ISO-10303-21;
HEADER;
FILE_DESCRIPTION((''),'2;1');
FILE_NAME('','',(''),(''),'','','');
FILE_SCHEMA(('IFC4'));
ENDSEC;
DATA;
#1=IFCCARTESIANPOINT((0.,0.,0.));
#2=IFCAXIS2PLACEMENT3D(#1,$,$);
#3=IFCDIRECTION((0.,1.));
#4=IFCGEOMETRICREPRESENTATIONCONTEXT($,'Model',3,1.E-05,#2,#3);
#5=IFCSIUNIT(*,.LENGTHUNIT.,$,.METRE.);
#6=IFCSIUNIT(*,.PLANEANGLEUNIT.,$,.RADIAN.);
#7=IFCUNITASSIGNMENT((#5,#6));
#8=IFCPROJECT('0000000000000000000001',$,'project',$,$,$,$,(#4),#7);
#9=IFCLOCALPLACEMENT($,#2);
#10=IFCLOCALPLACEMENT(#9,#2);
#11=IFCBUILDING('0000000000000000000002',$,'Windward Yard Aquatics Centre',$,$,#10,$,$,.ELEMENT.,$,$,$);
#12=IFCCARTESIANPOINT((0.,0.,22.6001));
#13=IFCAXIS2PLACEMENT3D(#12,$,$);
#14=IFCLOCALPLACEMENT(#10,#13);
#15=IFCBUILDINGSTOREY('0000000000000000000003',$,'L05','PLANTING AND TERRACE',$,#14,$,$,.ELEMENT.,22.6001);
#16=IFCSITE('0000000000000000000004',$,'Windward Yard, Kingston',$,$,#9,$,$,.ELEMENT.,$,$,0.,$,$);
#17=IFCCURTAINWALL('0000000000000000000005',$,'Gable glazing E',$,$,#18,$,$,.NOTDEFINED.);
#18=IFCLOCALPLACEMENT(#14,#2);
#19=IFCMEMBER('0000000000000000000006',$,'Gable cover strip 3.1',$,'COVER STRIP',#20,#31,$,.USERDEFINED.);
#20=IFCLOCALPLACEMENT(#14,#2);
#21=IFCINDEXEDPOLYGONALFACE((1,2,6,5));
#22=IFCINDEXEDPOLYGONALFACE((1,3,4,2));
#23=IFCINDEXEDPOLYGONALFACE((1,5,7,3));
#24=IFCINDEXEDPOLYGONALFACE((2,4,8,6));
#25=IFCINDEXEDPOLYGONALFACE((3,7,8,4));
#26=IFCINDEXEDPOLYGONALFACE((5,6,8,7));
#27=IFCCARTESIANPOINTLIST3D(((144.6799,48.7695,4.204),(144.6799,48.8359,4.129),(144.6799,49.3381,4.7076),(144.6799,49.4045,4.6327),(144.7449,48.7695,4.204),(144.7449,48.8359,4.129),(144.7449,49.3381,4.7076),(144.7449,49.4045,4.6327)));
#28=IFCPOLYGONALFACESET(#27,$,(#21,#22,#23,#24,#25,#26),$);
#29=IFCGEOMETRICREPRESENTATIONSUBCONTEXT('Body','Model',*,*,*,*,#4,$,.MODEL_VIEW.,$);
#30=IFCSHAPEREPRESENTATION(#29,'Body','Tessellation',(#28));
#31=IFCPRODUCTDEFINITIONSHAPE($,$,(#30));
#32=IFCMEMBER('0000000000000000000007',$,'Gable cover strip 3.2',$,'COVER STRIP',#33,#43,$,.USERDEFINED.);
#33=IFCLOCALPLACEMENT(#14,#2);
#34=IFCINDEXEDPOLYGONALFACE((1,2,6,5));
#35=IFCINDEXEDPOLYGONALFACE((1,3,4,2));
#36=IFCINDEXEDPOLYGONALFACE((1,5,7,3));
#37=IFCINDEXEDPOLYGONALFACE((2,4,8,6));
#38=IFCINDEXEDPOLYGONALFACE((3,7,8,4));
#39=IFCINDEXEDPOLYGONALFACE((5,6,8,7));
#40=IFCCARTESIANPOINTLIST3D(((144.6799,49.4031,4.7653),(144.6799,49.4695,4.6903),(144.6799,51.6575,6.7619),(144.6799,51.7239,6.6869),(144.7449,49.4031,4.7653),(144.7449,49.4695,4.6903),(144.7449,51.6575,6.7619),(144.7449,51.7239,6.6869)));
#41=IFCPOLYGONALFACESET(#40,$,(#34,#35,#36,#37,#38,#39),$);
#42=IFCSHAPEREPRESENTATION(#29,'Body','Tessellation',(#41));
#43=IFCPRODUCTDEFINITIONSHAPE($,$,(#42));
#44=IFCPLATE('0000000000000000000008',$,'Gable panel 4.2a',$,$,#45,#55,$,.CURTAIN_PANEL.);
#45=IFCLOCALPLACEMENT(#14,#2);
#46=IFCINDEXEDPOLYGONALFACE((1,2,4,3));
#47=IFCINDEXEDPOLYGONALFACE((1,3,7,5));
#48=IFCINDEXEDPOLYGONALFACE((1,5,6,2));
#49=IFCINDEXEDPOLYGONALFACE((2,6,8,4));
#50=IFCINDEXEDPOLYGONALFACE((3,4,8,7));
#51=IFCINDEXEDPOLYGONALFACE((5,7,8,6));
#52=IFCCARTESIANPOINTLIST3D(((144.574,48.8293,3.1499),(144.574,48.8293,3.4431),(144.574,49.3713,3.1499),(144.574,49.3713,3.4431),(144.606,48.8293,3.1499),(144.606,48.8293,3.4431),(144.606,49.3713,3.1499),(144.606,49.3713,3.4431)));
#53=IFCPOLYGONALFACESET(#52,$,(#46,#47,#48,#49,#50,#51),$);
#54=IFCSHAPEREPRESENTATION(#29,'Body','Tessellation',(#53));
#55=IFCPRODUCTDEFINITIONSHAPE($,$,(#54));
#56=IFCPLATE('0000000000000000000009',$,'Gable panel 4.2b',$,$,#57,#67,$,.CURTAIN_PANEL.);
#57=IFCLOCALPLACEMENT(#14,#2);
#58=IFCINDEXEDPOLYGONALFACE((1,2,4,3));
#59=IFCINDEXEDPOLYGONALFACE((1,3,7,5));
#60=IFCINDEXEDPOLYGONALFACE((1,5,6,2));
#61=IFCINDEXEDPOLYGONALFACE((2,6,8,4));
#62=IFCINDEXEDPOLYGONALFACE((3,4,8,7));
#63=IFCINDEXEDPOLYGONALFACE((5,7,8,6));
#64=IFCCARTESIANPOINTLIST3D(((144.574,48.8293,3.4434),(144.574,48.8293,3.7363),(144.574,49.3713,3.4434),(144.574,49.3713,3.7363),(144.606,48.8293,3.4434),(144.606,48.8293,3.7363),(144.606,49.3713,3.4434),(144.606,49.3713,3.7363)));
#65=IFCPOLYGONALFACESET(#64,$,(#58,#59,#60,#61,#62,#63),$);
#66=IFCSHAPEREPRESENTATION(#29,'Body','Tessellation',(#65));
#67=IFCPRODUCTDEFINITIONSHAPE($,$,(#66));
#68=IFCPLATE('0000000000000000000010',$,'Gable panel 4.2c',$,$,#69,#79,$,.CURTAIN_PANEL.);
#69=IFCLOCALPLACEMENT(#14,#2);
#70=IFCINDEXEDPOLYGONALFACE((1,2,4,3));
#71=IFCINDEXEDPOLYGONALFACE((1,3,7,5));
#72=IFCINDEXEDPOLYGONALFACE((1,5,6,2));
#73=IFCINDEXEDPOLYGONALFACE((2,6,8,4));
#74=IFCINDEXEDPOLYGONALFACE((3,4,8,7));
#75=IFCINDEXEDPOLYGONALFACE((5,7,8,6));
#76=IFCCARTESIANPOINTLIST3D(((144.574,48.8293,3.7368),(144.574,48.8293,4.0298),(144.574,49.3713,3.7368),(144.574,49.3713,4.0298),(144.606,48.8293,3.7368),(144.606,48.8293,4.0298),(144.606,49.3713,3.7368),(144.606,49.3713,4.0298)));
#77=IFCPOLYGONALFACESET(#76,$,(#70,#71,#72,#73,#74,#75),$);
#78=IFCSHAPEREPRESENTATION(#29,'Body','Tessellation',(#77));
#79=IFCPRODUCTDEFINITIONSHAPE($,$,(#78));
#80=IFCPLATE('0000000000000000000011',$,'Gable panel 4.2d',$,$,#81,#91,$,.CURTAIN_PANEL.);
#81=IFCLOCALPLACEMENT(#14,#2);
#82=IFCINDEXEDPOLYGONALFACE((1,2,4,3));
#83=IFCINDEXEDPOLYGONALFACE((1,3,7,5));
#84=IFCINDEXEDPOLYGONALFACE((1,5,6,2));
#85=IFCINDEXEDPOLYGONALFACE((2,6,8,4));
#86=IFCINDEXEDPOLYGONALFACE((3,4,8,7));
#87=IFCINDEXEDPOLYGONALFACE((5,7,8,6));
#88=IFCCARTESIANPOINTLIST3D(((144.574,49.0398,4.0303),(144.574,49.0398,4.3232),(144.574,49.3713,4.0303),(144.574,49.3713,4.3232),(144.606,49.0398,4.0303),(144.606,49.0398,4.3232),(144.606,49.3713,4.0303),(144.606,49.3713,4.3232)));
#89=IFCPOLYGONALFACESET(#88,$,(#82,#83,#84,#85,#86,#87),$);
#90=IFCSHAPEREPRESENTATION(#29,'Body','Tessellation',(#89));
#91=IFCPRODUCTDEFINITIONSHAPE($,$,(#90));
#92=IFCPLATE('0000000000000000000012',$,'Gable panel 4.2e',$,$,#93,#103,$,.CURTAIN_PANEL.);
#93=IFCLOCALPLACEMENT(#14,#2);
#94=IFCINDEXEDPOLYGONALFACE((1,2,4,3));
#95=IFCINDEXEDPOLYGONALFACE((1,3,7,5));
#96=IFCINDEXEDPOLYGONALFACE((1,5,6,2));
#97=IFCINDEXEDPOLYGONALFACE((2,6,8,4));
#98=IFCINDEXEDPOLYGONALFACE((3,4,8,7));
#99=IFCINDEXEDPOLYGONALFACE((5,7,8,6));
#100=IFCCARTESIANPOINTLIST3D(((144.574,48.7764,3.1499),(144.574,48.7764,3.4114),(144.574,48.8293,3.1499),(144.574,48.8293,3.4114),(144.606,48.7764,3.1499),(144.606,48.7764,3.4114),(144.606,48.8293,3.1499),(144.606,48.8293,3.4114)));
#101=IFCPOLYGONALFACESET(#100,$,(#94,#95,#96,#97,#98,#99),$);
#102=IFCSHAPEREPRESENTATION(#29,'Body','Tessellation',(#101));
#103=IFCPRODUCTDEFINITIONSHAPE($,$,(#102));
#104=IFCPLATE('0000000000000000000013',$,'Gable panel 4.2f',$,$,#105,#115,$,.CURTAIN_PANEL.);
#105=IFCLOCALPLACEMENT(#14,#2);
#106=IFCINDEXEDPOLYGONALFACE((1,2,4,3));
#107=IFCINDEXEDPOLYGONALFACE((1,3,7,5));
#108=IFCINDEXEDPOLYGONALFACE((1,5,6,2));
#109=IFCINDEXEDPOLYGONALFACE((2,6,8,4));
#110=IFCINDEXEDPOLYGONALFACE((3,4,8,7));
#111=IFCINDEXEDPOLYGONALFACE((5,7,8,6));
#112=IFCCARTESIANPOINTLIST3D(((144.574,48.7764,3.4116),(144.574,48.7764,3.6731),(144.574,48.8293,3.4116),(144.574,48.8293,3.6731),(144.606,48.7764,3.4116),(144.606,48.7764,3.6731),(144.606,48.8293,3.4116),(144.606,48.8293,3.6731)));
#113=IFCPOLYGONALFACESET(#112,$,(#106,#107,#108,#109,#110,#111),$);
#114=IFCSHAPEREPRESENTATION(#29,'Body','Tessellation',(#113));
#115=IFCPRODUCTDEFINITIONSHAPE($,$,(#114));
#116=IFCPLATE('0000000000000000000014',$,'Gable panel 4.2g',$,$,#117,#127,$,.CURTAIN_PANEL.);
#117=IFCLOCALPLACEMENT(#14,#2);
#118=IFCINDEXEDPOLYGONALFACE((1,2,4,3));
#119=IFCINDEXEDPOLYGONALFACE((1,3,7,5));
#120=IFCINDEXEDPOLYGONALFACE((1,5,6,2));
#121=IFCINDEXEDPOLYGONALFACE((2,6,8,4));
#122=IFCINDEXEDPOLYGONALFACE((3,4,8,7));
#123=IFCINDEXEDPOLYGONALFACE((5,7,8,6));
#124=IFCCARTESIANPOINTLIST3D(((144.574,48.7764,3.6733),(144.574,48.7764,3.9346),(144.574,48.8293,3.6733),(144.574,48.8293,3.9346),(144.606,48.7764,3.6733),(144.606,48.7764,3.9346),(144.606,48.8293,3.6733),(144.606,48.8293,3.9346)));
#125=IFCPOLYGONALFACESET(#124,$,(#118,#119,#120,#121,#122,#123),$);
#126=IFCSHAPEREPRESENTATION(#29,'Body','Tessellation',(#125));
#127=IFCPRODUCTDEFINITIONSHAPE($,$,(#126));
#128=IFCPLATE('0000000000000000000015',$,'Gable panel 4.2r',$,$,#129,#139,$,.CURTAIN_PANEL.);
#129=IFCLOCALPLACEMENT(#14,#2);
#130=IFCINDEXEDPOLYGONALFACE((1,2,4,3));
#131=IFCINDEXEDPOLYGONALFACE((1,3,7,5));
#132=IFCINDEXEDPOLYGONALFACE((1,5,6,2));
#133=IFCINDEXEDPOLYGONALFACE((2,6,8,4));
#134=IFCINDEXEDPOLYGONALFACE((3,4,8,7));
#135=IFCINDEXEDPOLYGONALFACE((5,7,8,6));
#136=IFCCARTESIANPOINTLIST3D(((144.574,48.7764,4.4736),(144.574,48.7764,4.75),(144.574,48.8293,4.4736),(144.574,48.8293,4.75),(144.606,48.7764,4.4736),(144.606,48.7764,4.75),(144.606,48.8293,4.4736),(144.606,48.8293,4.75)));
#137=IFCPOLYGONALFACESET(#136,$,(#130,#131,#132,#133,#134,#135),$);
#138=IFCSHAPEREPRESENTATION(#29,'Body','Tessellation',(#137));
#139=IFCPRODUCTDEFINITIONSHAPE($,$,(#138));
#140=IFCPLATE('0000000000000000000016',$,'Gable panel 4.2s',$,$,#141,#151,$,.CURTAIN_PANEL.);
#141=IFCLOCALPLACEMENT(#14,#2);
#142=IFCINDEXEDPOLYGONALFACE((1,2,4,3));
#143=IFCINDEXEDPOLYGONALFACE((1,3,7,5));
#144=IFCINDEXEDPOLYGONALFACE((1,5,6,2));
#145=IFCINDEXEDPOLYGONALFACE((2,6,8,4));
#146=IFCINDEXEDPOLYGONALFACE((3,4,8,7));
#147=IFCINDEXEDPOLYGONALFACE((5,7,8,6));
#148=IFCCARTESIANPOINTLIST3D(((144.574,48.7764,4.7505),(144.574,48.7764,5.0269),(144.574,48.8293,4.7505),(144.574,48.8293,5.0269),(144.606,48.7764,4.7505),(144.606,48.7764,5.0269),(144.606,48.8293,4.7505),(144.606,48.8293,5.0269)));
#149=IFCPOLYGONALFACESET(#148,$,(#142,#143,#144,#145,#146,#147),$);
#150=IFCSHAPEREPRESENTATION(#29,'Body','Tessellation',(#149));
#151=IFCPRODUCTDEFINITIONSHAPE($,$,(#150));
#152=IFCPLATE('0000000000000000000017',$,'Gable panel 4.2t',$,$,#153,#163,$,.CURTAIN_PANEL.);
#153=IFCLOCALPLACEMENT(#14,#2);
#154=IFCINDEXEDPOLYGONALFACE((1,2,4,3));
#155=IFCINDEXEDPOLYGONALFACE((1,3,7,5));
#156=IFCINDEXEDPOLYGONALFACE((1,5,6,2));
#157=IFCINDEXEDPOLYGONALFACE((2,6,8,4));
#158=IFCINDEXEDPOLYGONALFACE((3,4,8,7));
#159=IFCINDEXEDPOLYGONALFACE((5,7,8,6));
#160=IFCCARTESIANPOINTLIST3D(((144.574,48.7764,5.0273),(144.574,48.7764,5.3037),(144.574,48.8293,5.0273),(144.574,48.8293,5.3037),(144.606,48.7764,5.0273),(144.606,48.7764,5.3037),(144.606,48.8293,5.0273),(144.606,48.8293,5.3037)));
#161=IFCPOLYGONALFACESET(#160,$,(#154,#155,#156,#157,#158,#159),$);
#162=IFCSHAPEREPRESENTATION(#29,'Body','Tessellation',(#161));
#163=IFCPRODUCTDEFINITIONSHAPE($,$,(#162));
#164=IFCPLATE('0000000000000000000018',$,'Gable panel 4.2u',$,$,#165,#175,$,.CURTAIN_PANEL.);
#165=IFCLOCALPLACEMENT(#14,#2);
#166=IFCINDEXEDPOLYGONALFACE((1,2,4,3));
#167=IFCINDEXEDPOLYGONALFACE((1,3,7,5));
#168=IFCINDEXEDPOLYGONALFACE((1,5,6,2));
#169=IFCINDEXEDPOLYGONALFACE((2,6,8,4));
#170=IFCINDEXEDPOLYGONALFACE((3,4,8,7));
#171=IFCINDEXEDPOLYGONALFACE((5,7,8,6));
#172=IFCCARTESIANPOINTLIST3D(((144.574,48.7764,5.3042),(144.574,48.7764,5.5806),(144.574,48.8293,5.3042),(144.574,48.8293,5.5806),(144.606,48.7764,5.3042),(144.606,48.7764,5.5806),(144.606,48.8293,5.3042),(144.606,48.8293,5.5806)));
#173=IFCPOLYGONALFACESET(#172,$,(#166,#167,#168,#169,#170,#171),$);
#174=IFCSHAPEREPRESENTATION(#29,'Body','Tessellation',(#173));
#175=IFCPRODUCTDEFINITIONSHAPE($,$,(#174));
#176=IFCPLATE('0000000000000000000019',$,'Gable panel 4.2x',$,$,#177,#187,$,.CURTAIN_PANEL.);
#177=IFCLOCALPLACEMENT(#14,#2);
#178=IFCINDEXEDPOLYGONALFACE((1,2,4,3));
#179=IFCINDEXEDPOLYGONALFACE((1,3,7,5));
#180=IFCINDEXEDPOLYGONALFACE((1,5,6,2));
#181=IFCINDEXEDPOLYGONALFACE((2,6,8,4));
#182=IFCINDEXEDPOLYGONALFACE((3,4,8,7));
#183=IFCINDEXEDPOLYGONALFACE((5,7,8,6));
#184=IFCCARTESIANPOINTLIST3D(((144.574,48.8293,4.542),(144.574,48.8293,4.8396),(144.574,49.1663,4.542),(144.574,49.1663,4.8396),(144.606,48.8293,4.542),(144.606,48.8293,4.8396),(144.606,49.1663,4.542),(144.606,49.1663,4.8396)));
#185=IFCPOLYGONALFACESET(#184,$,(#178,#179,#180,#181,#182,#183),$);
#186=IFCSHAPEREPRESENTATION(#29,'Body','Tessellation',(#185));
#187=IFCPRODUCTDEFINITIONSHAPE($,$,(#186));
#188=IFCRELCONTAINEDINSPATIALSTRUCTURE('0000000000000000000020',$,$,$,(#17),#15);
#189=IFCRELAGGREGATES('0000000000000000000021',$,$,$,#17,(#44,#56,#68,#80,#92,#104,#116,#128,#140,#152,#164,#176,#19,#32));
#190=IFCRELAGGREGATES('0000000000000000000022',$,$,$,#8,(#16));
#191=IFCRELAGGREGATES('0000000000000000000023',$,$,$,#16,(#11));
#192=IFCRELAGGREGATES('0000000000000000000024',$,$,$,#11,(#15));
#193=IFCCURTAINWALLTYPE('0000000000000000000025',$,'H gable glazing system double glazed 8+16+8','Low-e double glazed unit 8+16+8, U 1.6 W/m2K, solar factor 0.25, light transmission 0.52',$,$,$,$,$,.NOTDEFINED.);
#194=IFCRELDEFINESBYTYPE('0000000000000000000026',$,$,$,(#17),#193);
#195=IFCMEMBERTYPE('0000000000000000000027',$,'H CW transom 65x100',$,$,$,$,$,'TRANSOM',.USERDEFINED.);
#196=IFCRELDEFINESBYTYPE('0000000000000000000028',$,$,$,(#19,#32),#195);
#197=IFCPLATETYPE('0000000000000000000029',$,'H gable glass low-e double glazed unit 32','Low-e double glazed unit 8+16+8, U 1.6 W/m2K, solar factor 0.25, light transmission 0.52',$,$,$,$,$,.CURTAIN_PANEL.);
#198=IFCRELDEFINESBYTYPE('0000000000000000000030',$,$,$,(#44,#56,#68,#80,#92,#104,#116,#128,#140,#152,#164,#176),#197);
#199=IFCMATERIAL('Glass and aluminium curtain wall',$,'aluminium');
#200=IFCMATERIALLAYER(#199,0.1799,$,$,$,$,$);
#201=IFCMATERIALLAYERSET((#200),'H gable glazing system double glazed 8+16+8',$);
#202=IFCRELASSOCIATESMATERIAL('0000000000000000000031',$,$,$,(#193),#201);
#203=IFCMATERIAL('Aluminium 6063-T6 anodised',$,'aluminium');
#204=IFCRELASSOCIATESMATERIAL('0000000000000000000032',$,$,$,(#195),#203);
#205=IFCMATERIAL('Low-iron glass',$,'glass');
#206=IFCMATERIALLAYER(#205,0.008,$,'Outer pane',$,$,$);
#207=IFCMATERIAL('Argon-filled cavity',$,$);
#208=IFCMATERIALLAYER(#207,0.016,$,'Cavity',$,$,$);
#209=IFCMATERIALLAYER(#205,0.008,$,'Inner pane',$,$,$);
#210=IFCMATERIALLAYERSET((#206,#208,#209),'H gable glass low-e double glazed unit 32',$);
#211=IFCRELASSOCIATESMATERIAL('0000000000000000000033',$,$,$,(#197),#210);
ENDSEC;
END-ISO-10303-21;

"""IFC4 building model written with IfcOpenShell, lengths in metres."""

from ifc_helpers import new_model, si_unit, direction, frame, origin, origin_2d, place, context, subcontext, project, spatial, polyline, rectangle, outline, extrude, material, layer, layer_set, material_profile, profile_set, type_object, element, aggregate, save


model = new_model("IFC4")

# Units and contexts
model_context = context("Model", 3, precision=1e-05, world=origin(), true_north=direction((0.0, 1.0)))
body_context = subcontext(model_context, "Body", "Model", "MODEL_VIEW")
ifc_project = project(units=[si_unit("LENGTHUNIT", "METRE"), si_unit("PLANEANGLEUNIT", "RADIAN")], contexts=[model_context])

# Site, building, storey
site_placement = place(None, origin())
site = spatial("IfcSite", under=ifc_project, at=site_placement, Name="Windward Yard, Kingston", CompositionType="ELEMENT", RefElevation=0.0)
building_placement = place(site_placement, origin())
building = spatial("IfcBuilding", under=site, at=building_placement, Name="Windward Yard Aquatics Centre", CompositionType="ELEMENT")
storey_placement = place(building_placement, frame((0.0, 0.0, 22.6001)))
storey = spatial("IfcBuildingStorey", under=building, at=storey_placement, Name="L05", Description="PLANTING AND TERRACE", CompositionType="ELEMENT", Elevation=22.6001)

# Curtain wall, members, plates
ifc_material_1 = material(Name="Glass and aluminium curtain wall", Category="aluminium")
ifc_layer_1 = layer(ifc_material_1, 0.1799)
ifc_layer_set_1 = layer_set([ifc_layer_1], Name="H gable glazing system double glazed 8+16+8")
curtain_wall_type = type_object("IfcCurtainWallType", Name="H gable glazing system double glazed 8+16+8", Description="Low-e double glazed unit 8+16+8, U 1.6 W/m2K, solar factor 0.25, light transmission 0.52", PredefinedType="NOTDEFINED", material=ifc_layer_set_1)
curtain_wall_placement = place(storey_placement, origin())
curtain_wall = element("IfcCurtainWall", 1, at=curtain_wall_placement, inside=storey, type_object=curtain_wall_type, Name="Gable glazing E", PredefinedType="NOTDEFINED")
ifc_material_2 = material(Name="Aluminium 6063-T6 anodised", Category="aluminium")
ifc_material_profile = material_profile(ifc_material_2, rectangle(XDim=0.0649, YDim=0.1001, at=origin_2d()), Name="H CW transom 65x100")
ifc_profile_set = profile_set([ifc_material_profile], Name="Aluminium 6063-T6 anodised")
member_type = type_object("IfcMemberType", Name="H CW transom 65x100", ElementType="TRANSOM", PredefinedType="USERDEFINED", material=ifc_profile_set)
member_1_placement = place(storey_placement, frame((144.7124, 48.8027, 4.1665), z_axis=(0.0, 0.748561, 0.663066), x_axis=(-1.0, 0.0, 0.0)))
member_1 = element("IfcMember", 2, at=member_1_placement, type_object=member_type, Name="Gable cover strip 3.1", ObjectType="COVER STRIP", PredefinedType="USERDEFINED", context=body_context, shape_type="SweptSolid", body=[
    extrude(rectangle(XDim=0.0649, YDim=0.1001, at=origin_2d()), origin(), (0.0, 0.0, 1.0), 0.7595),
])
member_2_placement = place(storey_placement, frame((144.7124, 49.4363, 4.7278), z_axis=(0.0, 0.748616, 0.663004), x_axis=(-1.0, 0.0, 0.0)))
member_2 = element("IfcMember", 3, at=member_2_placement, type_object=member_type, Name="Gable cover strip 3.2", ObjectType="COVER STRIP", PredefinedType="USERDEFINED", context=body_context, shape_type="SweptSolid", body=[
    extrude(rectangle(XDim=0.0649, YDim=0.1001, at=origin_2d()), origin(), (0.0, 0.0, 1.0), 3.0115),
])
ifc_material_3 = material(Name="Low-iron glass", Category="glass")
ifc_layer_2 = layer(ifc_material_3, 0.008, Name="Outer pane")
ifc_material_4 = material(Name="Argon-filled cavity")
ifc_layer_3 = layer(ifc_material_4, 0.016, Name="Cavity")
ifc_layer_4 = layer(ifc_material_3, 0.008, Name="Inner pane")
ifc_layer_set_2 = layer_set([ifc_layer_2, ifc_layer_3, ifc_layer_4], Name="H gable glass low-e double glazed unit 32")
plate_type = type_object("IfcPlateType", Name="H gable glass low-e double glazed unit 32", Description="Low-e double glazed unit 8+16+8, U 1.6 W/m2K, solar factor 0.25, light transmission 0.52", PredefinedType="CURTAIN_PANEL", material=ifc_layer_set_2)
plate_1_placement = place(storey_placement, frame((144.606, 48.8293, 3.1499), z_axis=(1.0, 0.0, 0.0), x_axis=(0.0, 1.0, 0.0)))
plate_1 = element("IfcPlate", 4, at=plate_1_placement, type_object=plate_type, Name="Gable panel 4.2a", PredefinedType="CURTAIN_PANEL", context=body_context, shape_type="SweptSolid", body=[
    extrude(outline(polyline([(0.0, 0.0), (0.542, 0.0), (0.542, 0.2932), (0.0, 0.2932), (0.0, 0.0)])), origin(), (0.0, 0.0, -1.0), 0.032),
])
plate_2_placement = place(storey_placement, frame((144.606, 48.8293, 3.4434), z_axis=(1.0, 0.0, 0.0), x_axis=(0.0, 1.0, 0.0)))
plate_2 = element("IfcPlate", 5, at=plate_2_placement, type_object=plate_type, Name="Gable panel 4.2b", PredefinedType="CURTAIN_PANEL", context=body_context, shape_type="SweptSolid", body=[
    extrude(outline(polyline([(0.0, 0.0), (0.542, 0.0), (0.542, 0.293), (0.0, 0.293), (0.0, 0.0)])), origin(), (0.0, 0.0, -1.0), 0.032),
])
plate_3_placement = place(storey_placement, frame((144.606, 48.8293, 3.7368), z_axis=(1.0, 0.0, 0.0), x_axis=(0.0, 1.0, 0.0)))
plate_3 = element("IfcPlate", 6, at=plate_3_placement, type_object=plate_type, Name="Gable panel 4.2c", PredefinedType="CURTAIN_PANEL", context=body_context, shape_type="SweptSolid", body=[
    extrude(outline(polyline([(0.0, 0.0), (0.542, 0.0), (0.542, 0.293), (0.0, 0.293), (0.0, 0.0)])), origin(), (0.0, 0.0, -1.0), 0.032),
])
plate_4_placement = place(storey_placement, frame((144.606, 49.0398, 4.0303), z_axis=(1.0, 0.0, 0.0), x_axis=(0.0, 1.0, 0.0)))
plate_4 = element("IfcPlate", 7, at=plate_4_placement, type_object=plate_type, Name="Gable panel 4.2d", PredefinedType="CURTAIN_PANEL", context=body_context, shape_type="SweptSolid", body=[
    extrude(outline(polyline([(0.0, 0.0), (0.3315, 0.0), (0.3315, 0.293), (0.0, 0.293), (0.0, 0.0)])), origin(), (0.0, 0.0, -1.0), 0.032),
])
plate_5_placement = place(storey_placement, frame((144.606, 48.7764, 3.1499), z_axis=(1.0, 0.0, 0.0), x_axis=(0.0, 1.0, 0.0)))
plate_5 = element("IfcPlate", 8, at=plate_5_placement, type_object=plate_type, Name="Gable panel 4.2e", PredefinedType="CURTAIN_PANEL", context=body_context, shape_type="SweptSolid", body=[
    extrude(outline(polyline([(0.0, 0.0), (0.053, 0.0), (0.053, 0.2615), (0.0, 0.2615), (0.0, 0.0)])), origin(), (0.0, 0.0, -1.0), 0.032),
])
plate_6_placement = place(storey_placement, frame((144.606, 48.7764, 3.4116), z_axis=(1.0, 0.0, 0.0), x_axis=(0.0, 1.0, 0.0)))
plate_6 = element("IfcPlate", 9, at=plate_6_placement, type_object=plate_type, Name="Gable panel 4.2f", PredefinedType="CURTAIN_PANEL", context=body_context, shape_type="SweptSolid", body=[
    extrude(outline(polyline([(0.0, 0.0), (0.053, 0.0), (0.053, 0.2615), (0.0, 0.2615), (0.0, 0.0)])), origin(), (0.0, 0.0, -1.0), 0.032),
])
plate_7_placement = place(storey_placement, frame((144.606, 48.7764, 3.6733), z_axis=(1.0, 0.0, 0.0), x_axis=(0.0, 1.0, 0.0)))
plate_7 = element("IfcPlate", 10, at=plate_7_placement, type_object=plate_type, Name="Gable panel 4.2g", PredefinedType="CURTAIN_PANEL", context=body_context, shape_type="SweptSolid", body=[
    extrude(outline(polyline([(0.0, 0.0), (0.053, 0.0), (0.053, 0.2612), (0.0, 0.2612), (0.0, 0.0)])), origin(), (0.0, 0.0, -1.0), 0.032),
])
plate_8_placement = place(storey_placement, frame((144.606, 48.7764, 4.4736), z_axis=(1.0, 0.0, 0.0), x_axis=(0.0, 1.0, 0.0)))
plate_8 = element("IfcPlate", 11, at=plate_8_placement, type_object=plate_type, Name="Gable panel 4.2r", PredefinedType="CURTAIN_PANEL", context=body_context, shape_type="SweptSolid", body=[
    extrude(outline(polyline([(0.0, 0.0), (0.053, 0.0), (0.053, 0.2764), (0.0, 0.2764), (0.0, 0.0)])), origin(), (0.0, 0.0, -1.0), 0.032),
])
plate_9_placement = place(storey_placement, frame((144.606, 48.7764, 4.7505), z_axis=(1.0, 0.0, 0.0), x_axis=(0.0, 1.0, 0.0)))
plate_9 = element("IfcPlate", 12, at=plate_9_placement, type_object=plate_type, Name="Gable panel 4.2s", PredefinedType="CURTAIN_PANEL", context=body_context, shape_type="SweptSolid", body=[
    extrude(outline(polyline([(0.0, 0.0), (0.053, 0.0), (0.053, 0.2764), (0.0, 0.2764), (0.0, 0.0)])), origin(), (0.0, 0.0, -1.0), 0.032),
])
plate_10_placement = place(storey_placement, frame((144.606, 48.7764, 5.0273), z_axis=(1.0, 0.0, 0.0), x_axis=(0.0, 1.0, 0.0)))
plate_10 = element("IfcPlate", 13, at=plate_10_placement, type_object=plate_type, Name="Gable panel 4.2t", PredefinedType="CURTAIN_PANEL", context=body_context, shape_type="SweptSolid", body=[
    extrude(outline(polyline([(0.0, 0.0), (0.053, 0.0), (0.053, 0.2764), (0.0, 0.2764), (0.0, 0.0)])), origin(), (0.0, 0.0, -1.0), 0.032),
])
plate_11_placement = place(storey_placement, frame((144.606, 48.7764, 5.3042), z_axis=(1.0, 0.0, 0.0), x_axis=(0.0, 1.0, 0.0)))
plate_11 = element("IfcPlate", 14, at=plate_11_placement, type_object=plate_type, Name="Gable panel 4.2u", PredefinedType="CURTAIN_PANEL", context=body_context, shape_type="SweptSolid", body=[
    extrude(outline(polyline([(0.0, 0.0), (0.053, 0.0), (0.053, 0.2764), (0.0, 0.2764), (0.0, 0.0)])), origin(), (0.0, 0.0, -1.0), 0.032),
])
plate_12_placement = place(storey_placement, frame((144.606, 48.8293, 4.542), z_axis=(1.0, 0.0, 0.0), x_axis=(0.0, 1.0, 0.0)))
plate_12 = element("IfcPlate", 15, at=plate_12_placement, type_object=plate_type, Name="Gable panel 4.2x", PredefinedType="CURTAIN_PANEL", context=body_context, shape_type="SweptSolid", body=[
    extrude(outline(polyline([(0.0, 0.0), (0.3369, 0.0), (0.3369, 0.2976), (0.0, 0.2976), (0.0, 0.0)])), origin(), (0.0, 0.0, -1.0), 0.032),
])
aggregate(curtain_wall, [plate_1, plate_2, plate_3, plate_4, plate_5, plate_6, plate_7, plate_8, plate_9, plate_10, plate_11, plate_12, member_1, member_2])

save(model, "model.ifc")
